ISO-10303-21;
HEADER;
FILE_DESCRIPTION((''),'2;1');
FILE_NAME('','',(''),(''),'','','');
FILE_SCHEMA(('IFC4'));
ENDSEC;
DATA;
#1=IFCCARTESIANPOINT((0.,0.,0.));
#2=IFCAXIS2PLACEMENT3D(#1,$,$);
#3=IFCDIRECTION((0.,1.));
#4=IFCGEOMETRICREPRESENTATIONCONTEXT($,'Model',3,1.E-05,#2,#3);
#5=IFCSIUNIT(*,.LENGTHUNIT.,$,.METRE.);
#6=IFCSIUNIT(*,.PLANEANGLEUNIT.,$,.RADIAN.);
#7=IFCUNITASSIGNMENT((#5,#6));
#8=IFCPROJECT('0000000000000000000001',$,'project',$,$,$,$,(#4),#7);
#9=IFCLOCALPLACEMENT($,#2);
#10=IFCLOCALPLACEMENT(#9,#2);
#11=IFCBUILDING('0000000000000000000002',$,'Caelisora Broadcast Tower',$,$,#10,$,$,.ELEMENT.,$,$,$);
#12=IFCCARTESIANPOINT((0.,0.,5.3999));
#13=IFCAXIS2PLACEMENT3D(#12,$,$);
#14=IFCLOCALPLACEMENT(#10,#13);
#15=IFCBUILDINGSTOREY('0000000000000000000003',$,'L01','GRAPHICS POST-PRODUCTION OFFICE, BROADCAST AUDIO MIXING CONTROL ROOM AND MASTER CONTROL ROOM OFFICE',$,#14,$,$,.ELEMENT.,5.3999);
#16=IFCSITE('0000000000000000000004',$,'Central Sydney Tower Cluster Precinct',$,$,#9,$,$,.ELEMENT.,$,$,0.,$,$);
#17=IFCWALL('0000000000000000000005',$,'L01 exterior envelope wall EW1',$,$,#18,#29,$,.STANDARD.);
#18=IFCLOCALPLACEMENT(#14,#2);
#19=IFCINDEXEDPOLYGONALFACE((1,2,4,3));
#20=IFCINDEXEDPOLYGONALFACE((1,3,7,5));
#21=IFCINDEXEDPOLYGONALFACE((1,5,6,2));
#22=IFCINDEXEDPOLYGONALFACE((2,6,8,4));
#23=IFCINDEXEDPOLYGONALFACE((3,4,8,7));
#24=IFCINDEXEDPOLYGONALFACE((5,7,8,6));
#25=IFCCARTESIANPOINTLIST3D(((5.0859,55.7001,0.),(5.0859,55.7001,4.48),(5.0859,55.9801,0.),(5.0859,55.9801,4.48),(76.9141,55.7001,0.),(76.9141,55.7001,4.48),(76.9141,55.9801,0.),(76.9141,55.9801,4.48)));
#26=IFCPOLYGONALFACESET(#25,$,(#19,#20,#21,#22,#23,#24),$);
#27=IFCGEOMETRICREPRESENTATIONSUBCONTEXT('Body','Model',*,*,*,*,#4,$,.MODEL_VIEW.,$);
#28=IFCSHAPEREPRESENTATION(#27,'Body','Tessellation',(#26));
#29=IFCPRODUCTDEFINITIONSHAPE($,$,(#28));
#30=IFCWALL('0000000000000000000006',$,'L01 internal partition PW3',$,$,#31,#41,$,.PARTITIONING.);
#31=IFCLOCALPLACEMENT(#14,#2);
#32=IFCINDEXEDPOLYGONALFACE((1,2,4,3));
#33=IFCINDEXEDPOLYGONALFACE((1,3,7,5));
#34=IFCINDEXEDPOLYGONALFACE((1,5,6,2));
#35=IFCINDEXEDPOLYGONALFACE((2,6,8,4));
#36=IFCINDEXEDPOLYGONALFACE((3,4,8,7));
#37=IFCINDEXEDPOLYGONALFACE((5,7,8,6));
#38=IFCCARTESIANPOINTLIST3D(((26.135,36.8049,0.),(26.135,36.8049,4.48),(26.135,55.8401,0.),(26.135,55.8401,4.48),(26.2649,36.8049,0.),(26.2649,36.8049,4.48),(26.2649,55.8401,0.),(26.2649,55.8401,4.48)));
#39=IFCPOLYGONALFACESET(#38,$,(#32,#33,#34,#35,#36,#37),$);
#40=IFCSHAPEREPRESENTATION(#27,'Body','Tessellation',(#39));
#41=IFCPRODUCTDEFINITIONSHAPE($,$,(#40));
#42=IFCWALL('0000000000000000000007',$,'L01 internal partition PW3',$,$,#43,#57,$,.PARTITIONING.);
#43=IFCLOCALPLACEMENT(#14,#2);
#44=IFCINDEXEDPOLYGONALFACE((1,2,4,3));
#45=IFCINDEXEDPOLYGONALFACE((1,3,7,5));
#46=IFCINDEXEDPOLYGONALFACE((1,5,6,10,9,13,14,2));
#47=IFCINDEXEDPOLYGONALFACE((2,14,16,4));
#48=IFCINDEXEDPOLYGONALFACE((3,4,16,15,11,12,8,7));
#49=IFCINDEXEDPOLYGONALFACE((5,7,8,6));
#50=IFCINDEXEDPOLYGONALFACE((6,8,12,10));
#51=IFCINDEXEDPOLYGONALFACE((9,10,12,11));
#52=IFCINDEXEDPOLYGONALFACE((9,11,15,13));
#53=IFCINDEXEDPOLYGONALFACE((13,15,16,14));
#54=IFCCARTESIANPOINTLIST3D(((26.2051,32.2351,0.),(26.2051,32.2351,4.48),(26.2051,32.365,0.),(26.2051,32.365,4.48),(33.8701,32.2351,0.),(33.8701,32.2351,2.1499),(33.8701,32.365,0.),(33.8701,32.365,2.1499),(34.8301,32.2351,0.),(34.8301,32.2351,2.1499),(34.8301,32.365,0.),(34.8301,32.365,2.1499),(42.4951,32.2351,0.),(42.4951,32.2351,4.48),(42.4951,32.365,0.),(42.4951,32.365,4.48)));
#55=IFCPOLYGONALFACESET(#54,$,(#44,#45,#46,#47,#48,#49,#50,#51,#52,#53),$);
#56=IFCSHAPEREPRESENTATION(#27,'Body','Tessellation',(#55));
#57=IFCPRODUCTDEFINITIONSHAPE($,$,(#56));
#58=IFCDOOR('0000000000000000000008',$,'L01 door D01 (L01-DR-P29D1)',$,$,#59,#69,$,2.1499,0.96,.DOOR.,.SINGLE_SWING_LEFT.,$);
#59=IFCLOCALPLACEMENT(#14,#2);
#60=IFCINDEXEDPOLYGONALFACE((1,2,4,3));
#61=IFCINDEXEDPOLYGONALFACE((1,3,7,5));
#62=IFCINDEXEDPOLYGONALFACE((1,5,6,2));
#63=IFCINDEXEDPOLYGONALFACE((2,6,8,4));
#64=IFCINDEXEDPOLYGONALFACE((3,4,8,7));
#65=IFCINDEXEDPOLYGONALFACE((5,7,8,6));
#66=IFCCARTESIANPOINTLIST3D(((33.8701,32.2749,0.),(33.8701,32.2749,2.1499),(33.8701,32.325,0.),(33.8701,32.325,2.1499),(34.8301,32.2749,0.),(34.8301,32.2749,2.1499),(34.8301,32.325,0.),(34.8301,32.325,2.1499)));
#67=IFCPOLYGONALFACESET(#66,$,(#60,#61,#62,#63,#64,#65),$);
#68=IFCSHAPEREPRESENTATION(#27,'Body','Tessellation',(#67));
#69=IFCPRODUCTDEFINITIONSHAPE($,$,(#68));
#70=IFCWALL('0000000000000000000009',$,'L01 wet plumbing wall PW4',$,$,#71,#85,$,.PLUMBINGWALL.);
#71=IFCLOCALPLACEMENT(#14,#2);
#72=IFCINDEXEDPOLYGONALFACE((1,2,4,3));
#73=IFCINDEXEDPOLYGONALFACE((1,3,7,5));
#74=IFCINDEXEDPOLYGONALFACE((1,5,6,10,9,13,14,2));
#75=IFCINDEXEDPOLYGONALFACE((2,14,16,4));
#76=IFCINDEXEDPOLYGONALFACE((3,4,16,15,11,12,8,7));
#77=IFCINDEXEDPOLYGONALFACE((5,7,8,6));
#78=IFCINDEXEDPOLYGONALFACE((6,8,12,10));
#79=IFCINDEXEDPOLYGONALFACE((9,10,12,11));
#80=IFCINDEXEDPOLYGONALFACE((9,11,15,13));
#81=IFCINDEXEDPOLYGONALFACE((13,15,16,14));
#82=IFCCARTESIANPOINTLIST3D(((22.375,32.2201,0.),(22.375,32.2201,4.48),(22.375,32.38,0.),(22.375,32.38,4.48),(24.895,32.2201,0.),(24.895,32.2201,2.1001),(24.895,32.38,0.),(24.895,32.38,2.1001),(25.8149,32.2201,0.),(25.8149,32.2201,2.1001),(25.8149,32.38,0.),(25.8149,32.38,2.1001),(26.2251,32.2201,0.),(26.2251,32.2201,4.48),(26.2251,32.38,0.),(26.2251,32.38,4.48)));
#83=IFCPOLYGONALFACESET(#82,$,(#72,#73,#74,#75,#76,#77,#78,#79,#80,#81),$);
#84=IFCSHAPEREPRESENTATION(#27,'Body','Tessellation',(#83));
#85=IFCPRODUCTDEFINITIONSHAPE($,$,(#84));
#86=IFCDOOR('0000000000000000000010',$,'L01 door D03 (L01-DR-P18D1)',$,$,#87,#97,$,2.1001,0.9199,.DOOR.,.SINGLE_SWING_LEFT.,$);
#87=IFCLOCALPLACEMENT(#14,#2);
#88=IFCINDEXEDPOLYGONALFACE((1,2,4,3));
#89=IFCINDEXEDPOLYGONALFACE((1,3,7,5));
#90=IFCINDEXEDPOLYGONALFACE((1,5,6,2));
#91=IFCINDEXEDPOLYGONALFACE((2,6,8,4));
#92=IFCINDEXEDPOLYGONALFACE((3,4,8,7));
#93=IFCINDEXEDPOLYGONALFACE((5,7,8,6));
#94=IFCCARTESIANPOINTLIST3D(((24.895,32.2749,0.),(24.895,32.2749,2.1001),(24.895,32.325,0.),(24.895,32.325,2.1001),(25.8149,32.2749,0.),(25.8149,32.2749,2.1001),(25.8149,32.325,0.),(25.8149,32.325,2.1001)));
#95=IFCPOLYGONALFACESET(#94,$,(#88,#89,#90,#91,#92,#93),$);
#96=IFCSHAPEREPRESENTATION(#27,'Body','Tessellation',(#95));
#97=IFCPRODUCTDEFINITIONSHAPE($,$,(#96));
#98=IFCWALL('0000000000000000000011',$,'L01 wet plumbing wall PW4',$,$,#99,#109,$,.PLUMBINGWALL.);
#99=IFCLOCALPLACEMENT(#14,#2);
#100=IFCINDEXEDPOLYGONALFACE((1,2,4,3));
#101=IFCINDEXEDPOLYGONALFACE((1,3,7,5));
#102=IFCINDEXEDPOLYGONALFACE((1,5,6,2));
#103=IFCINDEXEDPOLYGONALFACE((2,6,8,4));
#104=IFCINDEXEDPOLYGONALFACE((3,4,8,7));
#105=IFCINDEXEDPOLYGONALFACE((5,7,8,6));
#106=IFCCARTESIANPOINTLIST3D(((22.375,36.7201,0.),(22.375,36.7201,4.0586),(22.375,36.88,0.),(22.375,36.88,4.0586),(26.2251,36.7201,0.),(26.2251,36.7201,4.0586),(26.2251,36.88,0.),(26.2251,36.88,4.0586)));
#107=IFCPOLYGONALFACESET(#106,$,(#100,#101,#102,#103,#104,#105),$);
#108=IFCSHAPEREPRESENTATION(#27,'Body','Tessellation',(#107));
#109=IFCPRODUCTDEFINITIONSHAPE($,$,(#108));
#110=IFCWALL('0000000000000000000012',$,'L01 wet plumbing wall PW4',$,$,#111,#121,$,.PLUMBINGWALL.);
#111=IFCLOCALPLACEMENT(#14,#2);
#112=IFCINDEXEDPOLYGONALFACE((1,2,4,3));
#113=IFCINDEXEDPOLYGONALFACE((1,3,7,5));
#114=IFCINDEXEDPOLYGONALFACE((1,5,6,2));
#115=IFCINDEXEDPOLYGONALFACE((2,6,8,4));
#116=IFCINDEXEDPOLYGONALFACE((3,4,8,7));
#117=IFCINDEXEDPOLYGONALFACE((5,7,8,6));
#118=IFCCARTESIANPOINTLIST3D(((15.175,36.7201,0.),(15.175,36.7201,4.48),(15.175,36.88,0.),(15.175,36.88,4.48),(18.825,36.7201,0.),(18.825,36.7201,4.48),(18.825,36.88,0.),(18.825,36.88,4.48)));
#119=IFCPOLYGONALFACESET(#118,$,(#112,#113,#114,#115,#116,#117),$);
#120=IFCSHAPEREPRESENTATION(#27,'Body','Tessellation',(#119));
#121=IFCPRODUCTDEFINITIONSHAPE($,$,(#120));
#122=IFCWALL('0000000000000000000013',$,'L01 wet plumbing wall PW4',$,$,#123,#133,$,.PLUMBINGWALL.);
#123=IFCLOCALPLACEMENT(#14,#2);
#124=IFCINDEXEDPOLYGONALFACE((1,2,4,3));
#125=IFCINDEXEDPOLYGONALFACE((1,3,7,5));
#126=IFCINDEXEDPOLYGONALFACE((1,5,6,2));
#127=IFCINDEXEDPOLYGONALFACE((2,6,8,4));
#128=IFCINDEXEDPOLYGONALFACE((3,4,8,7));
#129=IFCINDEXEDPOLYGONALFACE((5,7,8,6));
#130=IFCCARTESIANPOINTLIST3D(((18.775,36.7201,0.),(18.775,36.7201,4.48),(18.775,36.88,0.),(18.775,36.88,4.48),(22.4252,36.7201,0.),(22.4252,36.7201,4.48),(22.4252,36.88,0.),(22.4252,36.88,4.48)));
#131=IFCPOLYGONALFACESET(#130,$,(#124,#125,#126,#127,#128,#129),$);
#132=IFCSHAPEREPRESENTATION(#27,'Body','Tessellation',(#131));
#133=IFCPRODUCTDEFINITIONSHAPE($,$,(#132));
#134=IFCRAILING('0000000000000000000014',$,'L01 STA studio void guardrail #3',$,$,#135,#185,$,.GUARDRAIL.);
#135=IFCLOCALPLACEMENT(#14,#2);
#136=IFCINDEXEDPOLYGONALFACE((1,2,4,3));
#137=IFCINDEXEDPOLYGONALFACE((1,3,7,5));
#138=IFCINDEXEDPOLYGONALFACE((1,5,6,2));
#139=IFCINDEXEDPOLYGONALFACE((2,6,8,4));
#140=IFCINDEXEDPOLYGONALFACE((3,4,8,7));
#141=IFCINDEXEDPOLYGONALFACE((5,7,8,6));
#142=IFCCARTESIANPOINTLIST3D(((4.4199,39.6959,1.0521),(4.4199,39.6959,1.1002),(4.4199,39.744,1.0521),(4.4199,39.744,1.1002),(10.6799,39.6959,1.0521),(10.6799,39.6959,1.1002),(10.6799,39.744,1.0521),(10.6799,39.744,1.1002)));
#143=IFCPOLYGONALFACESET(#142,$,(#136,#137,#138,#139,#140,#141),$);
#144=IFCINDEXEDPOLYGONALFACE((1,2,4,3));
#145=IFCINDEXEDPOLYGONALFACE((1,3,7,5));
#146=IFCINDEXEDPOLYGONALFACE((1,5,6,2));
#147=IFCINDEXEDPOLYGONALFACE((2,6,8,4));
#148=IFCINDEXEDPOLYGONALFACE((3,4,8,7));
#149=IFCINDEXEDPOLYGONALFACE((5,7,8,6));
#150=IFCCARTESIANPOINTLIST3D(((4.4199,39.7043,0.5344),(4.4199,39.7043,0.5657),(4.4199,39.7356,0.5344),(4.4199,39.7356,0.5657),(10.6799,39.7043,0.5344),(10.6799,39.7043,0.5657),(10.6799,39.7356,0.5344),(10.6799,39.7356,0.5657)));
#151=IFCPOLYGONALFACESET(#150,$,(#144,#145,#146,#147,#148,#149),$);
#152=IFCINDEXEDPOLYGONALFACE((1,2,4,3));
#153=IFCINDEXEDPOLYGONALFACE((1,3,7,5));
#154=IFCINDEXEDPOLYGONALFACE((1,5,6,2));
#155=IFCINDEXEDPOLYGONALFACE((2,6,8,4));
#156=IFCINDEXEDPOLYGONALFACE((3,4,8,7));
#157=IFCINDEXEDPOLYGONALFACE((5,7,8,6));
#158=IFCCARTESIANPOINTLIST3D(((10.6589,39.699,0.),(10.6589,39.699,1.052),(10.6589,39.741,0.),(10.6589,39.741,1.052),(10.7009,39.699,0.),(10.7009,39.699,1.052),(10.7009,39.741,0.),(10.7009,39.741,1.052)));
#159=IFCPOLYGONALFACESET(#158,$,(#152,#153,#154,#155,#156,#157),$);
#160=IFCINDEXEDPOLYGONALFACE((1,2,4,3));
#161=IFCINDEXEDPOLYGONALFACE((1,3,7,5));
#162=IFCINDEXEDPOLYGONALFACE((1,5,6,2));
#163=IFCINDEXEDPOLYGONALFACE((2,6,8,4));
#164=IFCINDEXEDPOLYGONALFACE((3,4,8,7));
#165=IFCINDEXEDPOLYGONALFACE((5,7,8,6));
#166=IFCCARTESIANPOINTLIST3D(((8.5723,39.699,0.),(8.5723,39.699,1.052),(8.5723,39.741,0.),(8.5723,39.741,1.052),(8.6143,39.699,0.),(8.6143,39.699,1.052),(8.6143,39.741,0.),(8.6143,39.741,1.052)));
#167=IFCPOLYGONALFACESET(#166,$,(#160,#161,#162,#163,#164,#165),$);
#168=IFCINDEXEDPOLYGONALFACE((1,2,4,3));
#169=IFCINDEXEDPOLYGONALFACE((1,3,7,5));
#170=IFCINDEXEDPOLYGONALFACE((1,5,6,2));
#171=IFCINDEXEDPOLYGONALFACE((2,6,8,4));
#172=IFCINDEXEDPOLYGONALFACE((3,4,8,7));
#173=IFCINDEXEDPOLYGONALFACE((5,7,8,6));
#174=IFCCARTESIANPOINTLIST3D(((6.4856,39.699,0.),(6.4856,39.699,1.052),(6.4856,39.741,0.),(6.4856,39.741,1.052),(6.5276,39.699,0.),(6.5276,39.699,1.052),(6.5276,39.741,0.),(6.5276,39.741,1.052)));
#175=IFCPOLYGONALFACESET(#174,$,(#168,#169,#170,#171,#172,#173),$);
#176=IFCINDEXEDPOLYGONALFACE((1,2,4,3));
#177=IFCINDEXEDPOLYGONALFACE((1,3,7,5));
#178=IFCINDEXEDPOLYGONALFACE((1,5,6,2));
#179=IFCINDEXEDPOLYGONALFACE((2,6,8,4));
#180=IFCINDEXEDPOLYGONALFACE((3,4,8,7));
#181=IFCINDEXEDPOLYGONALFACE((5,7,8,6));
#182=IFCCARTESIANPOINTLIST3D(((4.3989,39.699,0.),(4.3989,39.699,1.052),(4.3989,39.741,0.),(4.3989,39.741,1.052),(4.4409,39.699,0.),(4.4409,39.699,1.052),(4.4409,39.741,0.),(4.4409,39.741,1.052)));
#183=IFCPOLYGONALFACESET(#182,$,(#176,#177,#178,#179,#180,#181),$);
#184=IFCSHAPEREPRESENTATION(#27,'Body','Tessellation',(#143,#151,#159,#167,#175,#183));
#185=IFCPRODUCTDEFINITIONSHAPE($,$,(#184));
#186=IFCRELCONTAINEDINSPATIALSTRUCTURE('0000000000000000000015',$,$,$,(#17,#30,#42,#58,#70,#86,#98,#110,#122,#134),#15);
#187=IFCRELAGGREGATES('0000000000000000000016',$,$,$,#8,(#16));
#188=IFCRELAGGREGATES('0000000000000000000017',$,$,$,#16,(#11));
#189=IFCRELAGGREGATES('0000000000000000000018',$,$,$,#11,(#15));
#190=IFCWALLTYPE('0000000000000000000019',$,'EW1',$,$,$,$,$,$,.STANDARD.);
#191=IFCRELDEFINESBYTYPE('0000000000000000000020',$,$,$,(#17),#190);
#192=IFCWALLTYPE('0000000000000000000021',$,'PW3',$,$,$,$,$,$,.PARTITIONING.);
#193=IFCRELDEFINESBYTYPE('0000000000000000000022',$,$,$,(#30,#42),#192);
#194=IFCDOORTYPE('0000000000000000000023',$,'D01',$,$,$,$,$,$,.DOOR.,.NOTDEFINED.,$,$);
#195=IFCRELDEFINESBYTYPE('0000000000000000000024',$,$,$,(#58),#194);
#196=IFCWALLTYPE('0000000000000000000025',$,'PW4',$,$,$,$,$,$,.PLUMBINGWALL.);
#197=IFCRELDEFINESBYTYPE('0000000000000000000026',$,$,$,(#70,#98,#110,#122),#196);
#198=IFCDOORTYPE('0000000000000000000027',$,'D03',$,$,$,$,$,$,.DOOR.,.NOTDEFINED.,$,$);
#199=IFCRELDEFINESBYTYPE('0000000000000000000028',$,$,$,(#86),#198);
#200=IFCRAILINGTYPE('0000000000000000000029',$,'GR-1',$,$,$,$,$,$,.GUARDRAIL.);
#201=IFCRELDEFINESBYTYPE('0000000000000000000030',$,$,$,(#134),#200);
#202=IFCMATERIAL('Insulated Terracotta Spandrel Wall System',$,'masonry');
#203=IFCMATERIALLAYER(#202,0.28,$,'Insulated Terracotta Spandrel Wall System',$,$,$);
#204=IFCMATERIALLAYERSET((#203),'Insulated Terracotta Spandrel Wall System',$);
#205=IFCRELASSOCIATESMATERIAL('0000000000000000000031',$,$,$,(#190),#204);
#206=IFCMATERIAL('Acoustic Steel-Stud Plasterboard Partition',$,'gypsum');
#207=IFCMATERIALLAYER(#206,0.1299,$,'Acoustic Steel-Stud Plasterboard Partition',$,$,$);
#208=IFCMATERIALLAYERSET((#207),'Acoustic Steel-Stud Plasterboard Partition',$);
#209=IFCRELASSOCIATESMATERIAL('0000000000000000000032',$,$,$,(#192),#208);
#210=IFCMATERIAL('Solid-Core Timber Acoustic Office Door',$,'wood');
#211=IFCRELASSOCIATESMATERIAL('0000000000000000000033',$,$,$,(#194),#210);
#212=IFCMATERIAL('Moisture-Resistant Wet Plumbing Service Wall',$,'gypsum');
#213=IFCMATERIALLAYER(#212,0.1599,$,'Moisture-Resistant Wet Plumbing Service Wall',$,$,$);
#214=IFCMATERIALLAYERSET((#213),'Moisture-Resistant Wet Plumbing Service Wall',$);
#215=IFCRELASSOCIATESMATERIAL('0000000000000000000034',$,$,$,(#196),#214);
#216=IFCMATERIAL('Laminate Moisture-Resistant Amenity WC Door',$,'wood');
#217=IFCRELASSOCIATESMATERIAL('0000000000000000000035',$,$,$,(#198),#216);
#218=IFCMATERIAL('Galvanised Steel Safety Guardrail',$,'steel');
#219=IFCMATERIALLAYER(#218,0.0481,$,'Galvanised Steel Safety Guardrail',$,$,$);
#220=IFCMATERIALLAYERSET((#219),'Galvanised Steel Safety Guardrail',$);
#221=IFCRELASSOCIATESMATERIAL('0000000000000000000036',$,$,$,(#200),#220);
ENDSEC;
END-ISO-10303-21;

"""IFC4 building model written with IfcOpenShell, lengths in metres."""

from ifc_helpers import new_model, si_unit, direction, frame, frame_2d, origin, origin_2d, place, context, subcontext, project, spatial, rectangle, extrude, material, layer, layer_set, type_object, element, fill, save


model = new_model("IFC4")

# Units and contexts
model_context = context("Model", 3, precision=1e-05, world=origin(), true_north=direction((0.0, 1.0)))
body_context = subcontext(model_context, "Body", "Model", "MODEL_VIEW")
ifc_project = project(units=[si_unit("LENGTHUNIT", "METRE"), si_unit("PLANEANGLEUNIT", "RADIAN")], contexts=[model_context])

# Site, building, storey
site_placement = place(None, origin())
site = spatial("IfcSite", under=ifc_project, at=site_placement, Name="Central Sydney Tower Cluster Precinct", CompositionType="ELEMENT", RefElevation=0.0)
building_placement = place(site_placement, origin())
building = spatial("IfcBuilding", under=site, at=building_placement, Name="Caelisora Broadcast Tower", CompositionType="ELEMENT")
storey_placement = place(building_placement, frame((0.0, 0.0, 5.3999)))
storey = spatial("IfcBuildingStorey", under=building, at=storey_placement, Name="L01", Description="GRAPHICS POST-PRODUCTION OFFICE, BROADCAST AUDIO MIXING CONTROL ROOM AND MASTER CONTROL ROOM OFFICE", CompositionType="ELEMENT", Elevation=5.3999)

# Walls
ifc_material_1 = material(Name="Insulated Terracotta Spandrel Wall System", Category="masonry")
ifc_layer_1 = layer(ifc_material_1, 0.28, Name="Insulated Terracotta Spandrel Wall System")
ifc_layer_set_1 = layer_set([ifc_layer_1], Name="Insulated Terracotta Spandrel Wall System")
wall_type_1 = type_object("IfcWallType", Name="EW1", PredefinedType="STANDARD", material=ifc_layer_set_1)
wall_1_placement = place(storey_placement, frame((5.0859, 55.8401, 0.0), z_axis=(0.0, 0.0, 1.0), x_axis=(1.0, 0.0, 0.0)))
element("IfcWall", 1, at=wall_1_placement, inside=storey, type_object=wall_type_1, Name="L01 exterior envelope wall EW1", PredefinedType="STANDARD", context=body_context, shape_type="SweptSolid", body=[
    extrude(rectangle(XDim=71.8281, YDim=0.28, at=frame_2d((35.9141, 0.0))), origin(), (0.0, 0.0, 1.0), 4.48),
])
ifc_material_2 = material(Name="Acoustic Steel-Stud Plasterboard Partition", Category="gypsum")
ifc_layer_2 = layer(ifc_material_2, 0.1299, Name="Acoustic Steel-Stud Plasterboard Partition")
ifc_layer_set_2 = layer_set([ifc_layer_2], Name="Acoustic Steel-Stud Plasterboard Partition")
wall_type_2 = type_object("IfcWallType", Name="PW3", PredefinedType="PARTITIONING", material=ifc_layer_set_2)
wall_2_placement = place(storey_placement, frame((26.2, 36.8049, 0.0), z_axis=(0.0, 0.0, 1.0), x_axis=(0.0, 1.0, 0.0)))
element("IfcWall", 2, at=wall_2_placement, inside=storey, type_object=wall_type_2, Name="L01 internal partition PW3", PredefinedType="PARTITIONING", context=body_context, shape_type="SweptSolid", body=[
    extrude(rectangle(XDim=19.0352, YDim=0.1299, at=frame_2d((9.5176, 0.0))), origin(), (0.0, 0.0, 1.0), 4.48),
])

# Walls, openings, doors
wall_3_placement = place(storey_placement, frame((26.2051, 32.3, 0.0), z_axis=(0.0, 0.0, 1.0), x_axis=(1.0, 0.0, 0.0)))
wall_3 = element("IfcWall", 3, at=wall_3_placement, inside=storey, type_object=wall_type_2, Name="L01 internal partition PW3", PredefinedType="PARTITIONING", context=body_context, shape_type="SweptSolid", body=[
    extrude(rectangle(XDim=16.29, YDim=0.1299, at=frame_2d((8.145, 0.0))), origin(), (0.0, 0.0, 1.0), 4.48),
])
opening_1_placement = place(wall_3_placement, frame((7.665, 0.0, 0.0)))
opening_1 = element("IfcOpeningElement", 4, at=opening_1_placement, cuts=wall_3, PredefinedType="OPENING", context=body_context, shape_type="SweptSolid", body=[
    extrude(rectangle(XDim=0.96, YDim=2.1499, at=frame_2d((0.48, 1.075))), frame((0.0, 0.0769, 0.0), z_axis=(0.0, -1.0, 0.0), x_axis=(1.0, 0.0, 0.0)), (0.0, 0.0, 1.0), 0.1538),
])
ifc_material_3 = material(Name="Solid-Core Timber Acoustic Office Door", Category="wood")
door_type_1 = type_object("IfcDoorType", Name="D01", OperationType="NOTDEFINED", PredefinedType="DOOR", material=ifc_material_3)
door_1_placement = place(opening_1_placement, origin())
door_1 = element("IfcDoor", 5, at=door_1_placement, inside=storey, type_object=door_type_1, Name="L01 door D01 (L01-DR-P29D1)", OperationType="SINGLE_SWING_LEFT", OverallHeight=2.1499, OverallWidth=0.96, PredefinedType="DOOR", context=body_context, shape_type="SweptSolid", body=[
    extrude(rectangle(XDim=0.96, YDim=2.1499, at=frame_2d((0.48, 1.075))), frame((0.0, 0.0249, 0.0), z_axis=(0.0, -1.0, 0.0), x_axis=(1.0, 0.0, 0.0)), (0.0, 0.0, 1.0), 0.05),
])
fill(opening_1, door_1)
ifc_material_4 = material(Name="Moisture-Resistant Wet Plumbing Service Wall", Category="gypsum")
ifc_layer_3 = layer(ifc_material_4, 0.1599, Name="Moisture-Resistant Wet Plumbing Service Wall")
ifc_layer_set_3 = layer_set([ifc_layer_3], Name="Moisture-Resistant Wet Plumbing Service Wall")
wall_type_3 = type_object("IfcWallType", Name="PW4", PredefinedType="PLUMBINGWALL", material=ifc_layer_set_3)
wall_4_placement = place(storey_placement, frame((22.375, 32.3, 0.0), z_axis=(0.0, 0.0, 1.0), x_axis=(1.0, 0.0, 0.0)))
wall_4 = element("IfcWall", 6, at=wall_4_placement, inside=storey, type_object=wall_type_3, Name="L01 wet plumbing wall PW4", PredefinedType="PLUMBINGWALL", context=body_context, shape_type="SweptSolid", body=[
    extrude(rectangle(XDim=3.8501, YDim=0.1599, at=frame_2d((1.925, 0.0))), origin(), (0.0, 0.0, 1.0), 4.48),
])
opening_2_placement = place(wall_4_placement, frame((2.52, 0.0, 0.0)))
opening_2 = element("IfcOpeningElement", 7, at=opening_2_placement, cuts=wall_4, PredefinedType="OPENING", context=body_context, shape_type="SweptSolid", body=[
    extrude(rectangle(XDim=0.9199, YDim=2.1001, at=frame_2d((0.46, 1.05))), frame((0.0, 0.092, 0.0), z_axis=(0.0, -1.0, 0.0), x_axis=(1.0, 0.0, 0.0)), (0.0, 0.0, 1.0), 0.1838),
])
ifc_material_5 = material(Name="Laminate Moisture-Resistant Amenity WC Door", Category="wood")
door_type_2 = type_object("IfcDoorType", Name="D03", OperationType="NOTDEFINED", PredefinedType="DOOR", material=ifc_material_5)
door_2_placement = place(opening_2_placement, origin())
door_2 = element("IfcDoor", 8, at=door_2_placement, inside=storey, type_object=door_type_2, Name="L01 door D03 (L01-DR-P18D1)", OperationType="SINGLE_SWING_LEFT", OverallHeight=2.1001, OverallWidth=0.9199, PredefinedType="DOOR", context=body_context, shape_type="SweptSolid", body=[
    extrude(rectangle(XDim=0.9199, YDim=2.1001, at=frame_2d((0.46, 1.05))), frame((0.0, 0.0249, 0.0), z_axis=(0.0, -1.0, 0.0), x_axis=(1.0, 0.0, 0.0)), (0.0, 0.0, 1.0), 0.05),
])
fill(opening_2, door_2)

# Walls
wall_5_placement = place(storey_placement, frame((22.375, 36.8, 0.0), z_axis=(0.0, 0.0, 1.0), x_axis=(1.0, 0.0, 0.0)))
element("IfcWall", 9, at=wall_5_placement, inside=storey, type_object=wall_type_3, Name="L01 wet plumbing wall PW4", PredefinedType="PLUMBINGWALL", context=body_context, shape_type="SweptSolid", body=[
    extrude(rectangle(XDim=3.8501, YDim=0.1599, at=frame_2d((1.925, 0.0))), origin(), (0.0, 0.0, 1.0), 4.0586),
])
wall_6_placement = place(storey_placement, frame((15.175, 36.8, 0.0), z_axis=(0.0, 0.0, 1.0), x_axis=(1.0, 0.0, 0.0)))
element("IfcWall", 10, at=wall_6_placement, inside=storey, type_object=wall_type_3, Name="L01 wet plumbing wall PW4", PredefinedType="PLUMBINGWALL", context=body_context, shape_type="SweptSolid", body=[
    extrude(rectangle(XDim=3.6499, YDim=0.1599, at=frame_2d((1.825, 0.0))), origin(), (0.0, 0.0, 1.0), 4.48),
])
wall_7_placement = place(storey_placement, frame((18.7749, 36.8, 0.0), z_axis=(0.0, 0.0, 1.0), x_axis=(1.0, 0.0, 0.0)))
element("IfcWall", 11, at=wall_7_placement, inside=storey, type_object=wall_type_3, Name="L01 wet plumbing wall PW4", PredefinedType="PLUMBINGWALL", context=body_context, shape_type="SweptSolid", body=[
    extrude(rectangle(XDim=3.6501, YDim=0.1599, at=frame_2d((1.8252, 0.0))), origin(), (0.0, 0.0, 1.0), 4.48),
])

# Railing
ifc_material_6 = material(Name="Galvanised Steel Safety Guardrail", Category="steel")
ifc_layer_4 = layer(ifc_material_6, 0.0481, Name="Galvanised Steel Safety Guardrail")
ifc_layer_set_4 = layer_set([ifc_layer_4], Name="Galvanised Steel Safety Guardrail")
railing_type = type_object("IfcRailingType", Name="GR-1", PredefinedType="GUARDRAIL", material=ifc_layer_set_4)
railing_1_placement = place(storey_placement, frame((10.6799, 39.72, 0.0)))
element("IfcRailing", 12, at=railing_1_placement, inside=storey, type_object=railing_type, Name="L01 STA studio void guardrail #3", PredefinedType="GUARDRAIL", context=body_context, shape_type="SweptSolid", body=[
    extrude(rectangle(XDim=0.0481, YDim=0.0481, at=origin_2d()), frame((0.0, 0.0, 1.0762), z_axis=(-1.0, 0.0, 0.0), x_axis=(0.0, -1.0, 0.0)), (0.0, 0.0, 1.0), 6.26),
    extrude(rectangle(XDim=0.0312, YDim=0.0312, at=origin_2d()), frame((0.0, 0.0, 0.55), z_axis=(-1.0, 0.0, 0.0), x_axis=(0.0, -1.0, 0.0)), (0.0, 0.0, 1.0), 6.26),
    extrude(rectangle(XDim=0.042, YDim=0.042, at=origin_2d()), origin(), (0.0, 0.0, 1.0), 1.052),
    extrude(rectangle(XDim=0.042, YDim=0.042, at=origin_2d()), frame((-2.0867, 0.0, 0.0)), (0.0, 0.0, 1.0), 1.052),
    extrude(rectangle(XDim=0.042, YDim=0.042, at=origin_2d()), frame((-4.1733, 0.0, 0.0)), (0.0, 0.0, 1.0), 1.052),
    extrude(rectangle(XDim=0.042, YDim=0.042, at=origin_2d()), frame((-6.26, 0.0, 0.0)), (0.0, 0.0, 1.0), 1.052),
])

save(model, "model.ifc")
